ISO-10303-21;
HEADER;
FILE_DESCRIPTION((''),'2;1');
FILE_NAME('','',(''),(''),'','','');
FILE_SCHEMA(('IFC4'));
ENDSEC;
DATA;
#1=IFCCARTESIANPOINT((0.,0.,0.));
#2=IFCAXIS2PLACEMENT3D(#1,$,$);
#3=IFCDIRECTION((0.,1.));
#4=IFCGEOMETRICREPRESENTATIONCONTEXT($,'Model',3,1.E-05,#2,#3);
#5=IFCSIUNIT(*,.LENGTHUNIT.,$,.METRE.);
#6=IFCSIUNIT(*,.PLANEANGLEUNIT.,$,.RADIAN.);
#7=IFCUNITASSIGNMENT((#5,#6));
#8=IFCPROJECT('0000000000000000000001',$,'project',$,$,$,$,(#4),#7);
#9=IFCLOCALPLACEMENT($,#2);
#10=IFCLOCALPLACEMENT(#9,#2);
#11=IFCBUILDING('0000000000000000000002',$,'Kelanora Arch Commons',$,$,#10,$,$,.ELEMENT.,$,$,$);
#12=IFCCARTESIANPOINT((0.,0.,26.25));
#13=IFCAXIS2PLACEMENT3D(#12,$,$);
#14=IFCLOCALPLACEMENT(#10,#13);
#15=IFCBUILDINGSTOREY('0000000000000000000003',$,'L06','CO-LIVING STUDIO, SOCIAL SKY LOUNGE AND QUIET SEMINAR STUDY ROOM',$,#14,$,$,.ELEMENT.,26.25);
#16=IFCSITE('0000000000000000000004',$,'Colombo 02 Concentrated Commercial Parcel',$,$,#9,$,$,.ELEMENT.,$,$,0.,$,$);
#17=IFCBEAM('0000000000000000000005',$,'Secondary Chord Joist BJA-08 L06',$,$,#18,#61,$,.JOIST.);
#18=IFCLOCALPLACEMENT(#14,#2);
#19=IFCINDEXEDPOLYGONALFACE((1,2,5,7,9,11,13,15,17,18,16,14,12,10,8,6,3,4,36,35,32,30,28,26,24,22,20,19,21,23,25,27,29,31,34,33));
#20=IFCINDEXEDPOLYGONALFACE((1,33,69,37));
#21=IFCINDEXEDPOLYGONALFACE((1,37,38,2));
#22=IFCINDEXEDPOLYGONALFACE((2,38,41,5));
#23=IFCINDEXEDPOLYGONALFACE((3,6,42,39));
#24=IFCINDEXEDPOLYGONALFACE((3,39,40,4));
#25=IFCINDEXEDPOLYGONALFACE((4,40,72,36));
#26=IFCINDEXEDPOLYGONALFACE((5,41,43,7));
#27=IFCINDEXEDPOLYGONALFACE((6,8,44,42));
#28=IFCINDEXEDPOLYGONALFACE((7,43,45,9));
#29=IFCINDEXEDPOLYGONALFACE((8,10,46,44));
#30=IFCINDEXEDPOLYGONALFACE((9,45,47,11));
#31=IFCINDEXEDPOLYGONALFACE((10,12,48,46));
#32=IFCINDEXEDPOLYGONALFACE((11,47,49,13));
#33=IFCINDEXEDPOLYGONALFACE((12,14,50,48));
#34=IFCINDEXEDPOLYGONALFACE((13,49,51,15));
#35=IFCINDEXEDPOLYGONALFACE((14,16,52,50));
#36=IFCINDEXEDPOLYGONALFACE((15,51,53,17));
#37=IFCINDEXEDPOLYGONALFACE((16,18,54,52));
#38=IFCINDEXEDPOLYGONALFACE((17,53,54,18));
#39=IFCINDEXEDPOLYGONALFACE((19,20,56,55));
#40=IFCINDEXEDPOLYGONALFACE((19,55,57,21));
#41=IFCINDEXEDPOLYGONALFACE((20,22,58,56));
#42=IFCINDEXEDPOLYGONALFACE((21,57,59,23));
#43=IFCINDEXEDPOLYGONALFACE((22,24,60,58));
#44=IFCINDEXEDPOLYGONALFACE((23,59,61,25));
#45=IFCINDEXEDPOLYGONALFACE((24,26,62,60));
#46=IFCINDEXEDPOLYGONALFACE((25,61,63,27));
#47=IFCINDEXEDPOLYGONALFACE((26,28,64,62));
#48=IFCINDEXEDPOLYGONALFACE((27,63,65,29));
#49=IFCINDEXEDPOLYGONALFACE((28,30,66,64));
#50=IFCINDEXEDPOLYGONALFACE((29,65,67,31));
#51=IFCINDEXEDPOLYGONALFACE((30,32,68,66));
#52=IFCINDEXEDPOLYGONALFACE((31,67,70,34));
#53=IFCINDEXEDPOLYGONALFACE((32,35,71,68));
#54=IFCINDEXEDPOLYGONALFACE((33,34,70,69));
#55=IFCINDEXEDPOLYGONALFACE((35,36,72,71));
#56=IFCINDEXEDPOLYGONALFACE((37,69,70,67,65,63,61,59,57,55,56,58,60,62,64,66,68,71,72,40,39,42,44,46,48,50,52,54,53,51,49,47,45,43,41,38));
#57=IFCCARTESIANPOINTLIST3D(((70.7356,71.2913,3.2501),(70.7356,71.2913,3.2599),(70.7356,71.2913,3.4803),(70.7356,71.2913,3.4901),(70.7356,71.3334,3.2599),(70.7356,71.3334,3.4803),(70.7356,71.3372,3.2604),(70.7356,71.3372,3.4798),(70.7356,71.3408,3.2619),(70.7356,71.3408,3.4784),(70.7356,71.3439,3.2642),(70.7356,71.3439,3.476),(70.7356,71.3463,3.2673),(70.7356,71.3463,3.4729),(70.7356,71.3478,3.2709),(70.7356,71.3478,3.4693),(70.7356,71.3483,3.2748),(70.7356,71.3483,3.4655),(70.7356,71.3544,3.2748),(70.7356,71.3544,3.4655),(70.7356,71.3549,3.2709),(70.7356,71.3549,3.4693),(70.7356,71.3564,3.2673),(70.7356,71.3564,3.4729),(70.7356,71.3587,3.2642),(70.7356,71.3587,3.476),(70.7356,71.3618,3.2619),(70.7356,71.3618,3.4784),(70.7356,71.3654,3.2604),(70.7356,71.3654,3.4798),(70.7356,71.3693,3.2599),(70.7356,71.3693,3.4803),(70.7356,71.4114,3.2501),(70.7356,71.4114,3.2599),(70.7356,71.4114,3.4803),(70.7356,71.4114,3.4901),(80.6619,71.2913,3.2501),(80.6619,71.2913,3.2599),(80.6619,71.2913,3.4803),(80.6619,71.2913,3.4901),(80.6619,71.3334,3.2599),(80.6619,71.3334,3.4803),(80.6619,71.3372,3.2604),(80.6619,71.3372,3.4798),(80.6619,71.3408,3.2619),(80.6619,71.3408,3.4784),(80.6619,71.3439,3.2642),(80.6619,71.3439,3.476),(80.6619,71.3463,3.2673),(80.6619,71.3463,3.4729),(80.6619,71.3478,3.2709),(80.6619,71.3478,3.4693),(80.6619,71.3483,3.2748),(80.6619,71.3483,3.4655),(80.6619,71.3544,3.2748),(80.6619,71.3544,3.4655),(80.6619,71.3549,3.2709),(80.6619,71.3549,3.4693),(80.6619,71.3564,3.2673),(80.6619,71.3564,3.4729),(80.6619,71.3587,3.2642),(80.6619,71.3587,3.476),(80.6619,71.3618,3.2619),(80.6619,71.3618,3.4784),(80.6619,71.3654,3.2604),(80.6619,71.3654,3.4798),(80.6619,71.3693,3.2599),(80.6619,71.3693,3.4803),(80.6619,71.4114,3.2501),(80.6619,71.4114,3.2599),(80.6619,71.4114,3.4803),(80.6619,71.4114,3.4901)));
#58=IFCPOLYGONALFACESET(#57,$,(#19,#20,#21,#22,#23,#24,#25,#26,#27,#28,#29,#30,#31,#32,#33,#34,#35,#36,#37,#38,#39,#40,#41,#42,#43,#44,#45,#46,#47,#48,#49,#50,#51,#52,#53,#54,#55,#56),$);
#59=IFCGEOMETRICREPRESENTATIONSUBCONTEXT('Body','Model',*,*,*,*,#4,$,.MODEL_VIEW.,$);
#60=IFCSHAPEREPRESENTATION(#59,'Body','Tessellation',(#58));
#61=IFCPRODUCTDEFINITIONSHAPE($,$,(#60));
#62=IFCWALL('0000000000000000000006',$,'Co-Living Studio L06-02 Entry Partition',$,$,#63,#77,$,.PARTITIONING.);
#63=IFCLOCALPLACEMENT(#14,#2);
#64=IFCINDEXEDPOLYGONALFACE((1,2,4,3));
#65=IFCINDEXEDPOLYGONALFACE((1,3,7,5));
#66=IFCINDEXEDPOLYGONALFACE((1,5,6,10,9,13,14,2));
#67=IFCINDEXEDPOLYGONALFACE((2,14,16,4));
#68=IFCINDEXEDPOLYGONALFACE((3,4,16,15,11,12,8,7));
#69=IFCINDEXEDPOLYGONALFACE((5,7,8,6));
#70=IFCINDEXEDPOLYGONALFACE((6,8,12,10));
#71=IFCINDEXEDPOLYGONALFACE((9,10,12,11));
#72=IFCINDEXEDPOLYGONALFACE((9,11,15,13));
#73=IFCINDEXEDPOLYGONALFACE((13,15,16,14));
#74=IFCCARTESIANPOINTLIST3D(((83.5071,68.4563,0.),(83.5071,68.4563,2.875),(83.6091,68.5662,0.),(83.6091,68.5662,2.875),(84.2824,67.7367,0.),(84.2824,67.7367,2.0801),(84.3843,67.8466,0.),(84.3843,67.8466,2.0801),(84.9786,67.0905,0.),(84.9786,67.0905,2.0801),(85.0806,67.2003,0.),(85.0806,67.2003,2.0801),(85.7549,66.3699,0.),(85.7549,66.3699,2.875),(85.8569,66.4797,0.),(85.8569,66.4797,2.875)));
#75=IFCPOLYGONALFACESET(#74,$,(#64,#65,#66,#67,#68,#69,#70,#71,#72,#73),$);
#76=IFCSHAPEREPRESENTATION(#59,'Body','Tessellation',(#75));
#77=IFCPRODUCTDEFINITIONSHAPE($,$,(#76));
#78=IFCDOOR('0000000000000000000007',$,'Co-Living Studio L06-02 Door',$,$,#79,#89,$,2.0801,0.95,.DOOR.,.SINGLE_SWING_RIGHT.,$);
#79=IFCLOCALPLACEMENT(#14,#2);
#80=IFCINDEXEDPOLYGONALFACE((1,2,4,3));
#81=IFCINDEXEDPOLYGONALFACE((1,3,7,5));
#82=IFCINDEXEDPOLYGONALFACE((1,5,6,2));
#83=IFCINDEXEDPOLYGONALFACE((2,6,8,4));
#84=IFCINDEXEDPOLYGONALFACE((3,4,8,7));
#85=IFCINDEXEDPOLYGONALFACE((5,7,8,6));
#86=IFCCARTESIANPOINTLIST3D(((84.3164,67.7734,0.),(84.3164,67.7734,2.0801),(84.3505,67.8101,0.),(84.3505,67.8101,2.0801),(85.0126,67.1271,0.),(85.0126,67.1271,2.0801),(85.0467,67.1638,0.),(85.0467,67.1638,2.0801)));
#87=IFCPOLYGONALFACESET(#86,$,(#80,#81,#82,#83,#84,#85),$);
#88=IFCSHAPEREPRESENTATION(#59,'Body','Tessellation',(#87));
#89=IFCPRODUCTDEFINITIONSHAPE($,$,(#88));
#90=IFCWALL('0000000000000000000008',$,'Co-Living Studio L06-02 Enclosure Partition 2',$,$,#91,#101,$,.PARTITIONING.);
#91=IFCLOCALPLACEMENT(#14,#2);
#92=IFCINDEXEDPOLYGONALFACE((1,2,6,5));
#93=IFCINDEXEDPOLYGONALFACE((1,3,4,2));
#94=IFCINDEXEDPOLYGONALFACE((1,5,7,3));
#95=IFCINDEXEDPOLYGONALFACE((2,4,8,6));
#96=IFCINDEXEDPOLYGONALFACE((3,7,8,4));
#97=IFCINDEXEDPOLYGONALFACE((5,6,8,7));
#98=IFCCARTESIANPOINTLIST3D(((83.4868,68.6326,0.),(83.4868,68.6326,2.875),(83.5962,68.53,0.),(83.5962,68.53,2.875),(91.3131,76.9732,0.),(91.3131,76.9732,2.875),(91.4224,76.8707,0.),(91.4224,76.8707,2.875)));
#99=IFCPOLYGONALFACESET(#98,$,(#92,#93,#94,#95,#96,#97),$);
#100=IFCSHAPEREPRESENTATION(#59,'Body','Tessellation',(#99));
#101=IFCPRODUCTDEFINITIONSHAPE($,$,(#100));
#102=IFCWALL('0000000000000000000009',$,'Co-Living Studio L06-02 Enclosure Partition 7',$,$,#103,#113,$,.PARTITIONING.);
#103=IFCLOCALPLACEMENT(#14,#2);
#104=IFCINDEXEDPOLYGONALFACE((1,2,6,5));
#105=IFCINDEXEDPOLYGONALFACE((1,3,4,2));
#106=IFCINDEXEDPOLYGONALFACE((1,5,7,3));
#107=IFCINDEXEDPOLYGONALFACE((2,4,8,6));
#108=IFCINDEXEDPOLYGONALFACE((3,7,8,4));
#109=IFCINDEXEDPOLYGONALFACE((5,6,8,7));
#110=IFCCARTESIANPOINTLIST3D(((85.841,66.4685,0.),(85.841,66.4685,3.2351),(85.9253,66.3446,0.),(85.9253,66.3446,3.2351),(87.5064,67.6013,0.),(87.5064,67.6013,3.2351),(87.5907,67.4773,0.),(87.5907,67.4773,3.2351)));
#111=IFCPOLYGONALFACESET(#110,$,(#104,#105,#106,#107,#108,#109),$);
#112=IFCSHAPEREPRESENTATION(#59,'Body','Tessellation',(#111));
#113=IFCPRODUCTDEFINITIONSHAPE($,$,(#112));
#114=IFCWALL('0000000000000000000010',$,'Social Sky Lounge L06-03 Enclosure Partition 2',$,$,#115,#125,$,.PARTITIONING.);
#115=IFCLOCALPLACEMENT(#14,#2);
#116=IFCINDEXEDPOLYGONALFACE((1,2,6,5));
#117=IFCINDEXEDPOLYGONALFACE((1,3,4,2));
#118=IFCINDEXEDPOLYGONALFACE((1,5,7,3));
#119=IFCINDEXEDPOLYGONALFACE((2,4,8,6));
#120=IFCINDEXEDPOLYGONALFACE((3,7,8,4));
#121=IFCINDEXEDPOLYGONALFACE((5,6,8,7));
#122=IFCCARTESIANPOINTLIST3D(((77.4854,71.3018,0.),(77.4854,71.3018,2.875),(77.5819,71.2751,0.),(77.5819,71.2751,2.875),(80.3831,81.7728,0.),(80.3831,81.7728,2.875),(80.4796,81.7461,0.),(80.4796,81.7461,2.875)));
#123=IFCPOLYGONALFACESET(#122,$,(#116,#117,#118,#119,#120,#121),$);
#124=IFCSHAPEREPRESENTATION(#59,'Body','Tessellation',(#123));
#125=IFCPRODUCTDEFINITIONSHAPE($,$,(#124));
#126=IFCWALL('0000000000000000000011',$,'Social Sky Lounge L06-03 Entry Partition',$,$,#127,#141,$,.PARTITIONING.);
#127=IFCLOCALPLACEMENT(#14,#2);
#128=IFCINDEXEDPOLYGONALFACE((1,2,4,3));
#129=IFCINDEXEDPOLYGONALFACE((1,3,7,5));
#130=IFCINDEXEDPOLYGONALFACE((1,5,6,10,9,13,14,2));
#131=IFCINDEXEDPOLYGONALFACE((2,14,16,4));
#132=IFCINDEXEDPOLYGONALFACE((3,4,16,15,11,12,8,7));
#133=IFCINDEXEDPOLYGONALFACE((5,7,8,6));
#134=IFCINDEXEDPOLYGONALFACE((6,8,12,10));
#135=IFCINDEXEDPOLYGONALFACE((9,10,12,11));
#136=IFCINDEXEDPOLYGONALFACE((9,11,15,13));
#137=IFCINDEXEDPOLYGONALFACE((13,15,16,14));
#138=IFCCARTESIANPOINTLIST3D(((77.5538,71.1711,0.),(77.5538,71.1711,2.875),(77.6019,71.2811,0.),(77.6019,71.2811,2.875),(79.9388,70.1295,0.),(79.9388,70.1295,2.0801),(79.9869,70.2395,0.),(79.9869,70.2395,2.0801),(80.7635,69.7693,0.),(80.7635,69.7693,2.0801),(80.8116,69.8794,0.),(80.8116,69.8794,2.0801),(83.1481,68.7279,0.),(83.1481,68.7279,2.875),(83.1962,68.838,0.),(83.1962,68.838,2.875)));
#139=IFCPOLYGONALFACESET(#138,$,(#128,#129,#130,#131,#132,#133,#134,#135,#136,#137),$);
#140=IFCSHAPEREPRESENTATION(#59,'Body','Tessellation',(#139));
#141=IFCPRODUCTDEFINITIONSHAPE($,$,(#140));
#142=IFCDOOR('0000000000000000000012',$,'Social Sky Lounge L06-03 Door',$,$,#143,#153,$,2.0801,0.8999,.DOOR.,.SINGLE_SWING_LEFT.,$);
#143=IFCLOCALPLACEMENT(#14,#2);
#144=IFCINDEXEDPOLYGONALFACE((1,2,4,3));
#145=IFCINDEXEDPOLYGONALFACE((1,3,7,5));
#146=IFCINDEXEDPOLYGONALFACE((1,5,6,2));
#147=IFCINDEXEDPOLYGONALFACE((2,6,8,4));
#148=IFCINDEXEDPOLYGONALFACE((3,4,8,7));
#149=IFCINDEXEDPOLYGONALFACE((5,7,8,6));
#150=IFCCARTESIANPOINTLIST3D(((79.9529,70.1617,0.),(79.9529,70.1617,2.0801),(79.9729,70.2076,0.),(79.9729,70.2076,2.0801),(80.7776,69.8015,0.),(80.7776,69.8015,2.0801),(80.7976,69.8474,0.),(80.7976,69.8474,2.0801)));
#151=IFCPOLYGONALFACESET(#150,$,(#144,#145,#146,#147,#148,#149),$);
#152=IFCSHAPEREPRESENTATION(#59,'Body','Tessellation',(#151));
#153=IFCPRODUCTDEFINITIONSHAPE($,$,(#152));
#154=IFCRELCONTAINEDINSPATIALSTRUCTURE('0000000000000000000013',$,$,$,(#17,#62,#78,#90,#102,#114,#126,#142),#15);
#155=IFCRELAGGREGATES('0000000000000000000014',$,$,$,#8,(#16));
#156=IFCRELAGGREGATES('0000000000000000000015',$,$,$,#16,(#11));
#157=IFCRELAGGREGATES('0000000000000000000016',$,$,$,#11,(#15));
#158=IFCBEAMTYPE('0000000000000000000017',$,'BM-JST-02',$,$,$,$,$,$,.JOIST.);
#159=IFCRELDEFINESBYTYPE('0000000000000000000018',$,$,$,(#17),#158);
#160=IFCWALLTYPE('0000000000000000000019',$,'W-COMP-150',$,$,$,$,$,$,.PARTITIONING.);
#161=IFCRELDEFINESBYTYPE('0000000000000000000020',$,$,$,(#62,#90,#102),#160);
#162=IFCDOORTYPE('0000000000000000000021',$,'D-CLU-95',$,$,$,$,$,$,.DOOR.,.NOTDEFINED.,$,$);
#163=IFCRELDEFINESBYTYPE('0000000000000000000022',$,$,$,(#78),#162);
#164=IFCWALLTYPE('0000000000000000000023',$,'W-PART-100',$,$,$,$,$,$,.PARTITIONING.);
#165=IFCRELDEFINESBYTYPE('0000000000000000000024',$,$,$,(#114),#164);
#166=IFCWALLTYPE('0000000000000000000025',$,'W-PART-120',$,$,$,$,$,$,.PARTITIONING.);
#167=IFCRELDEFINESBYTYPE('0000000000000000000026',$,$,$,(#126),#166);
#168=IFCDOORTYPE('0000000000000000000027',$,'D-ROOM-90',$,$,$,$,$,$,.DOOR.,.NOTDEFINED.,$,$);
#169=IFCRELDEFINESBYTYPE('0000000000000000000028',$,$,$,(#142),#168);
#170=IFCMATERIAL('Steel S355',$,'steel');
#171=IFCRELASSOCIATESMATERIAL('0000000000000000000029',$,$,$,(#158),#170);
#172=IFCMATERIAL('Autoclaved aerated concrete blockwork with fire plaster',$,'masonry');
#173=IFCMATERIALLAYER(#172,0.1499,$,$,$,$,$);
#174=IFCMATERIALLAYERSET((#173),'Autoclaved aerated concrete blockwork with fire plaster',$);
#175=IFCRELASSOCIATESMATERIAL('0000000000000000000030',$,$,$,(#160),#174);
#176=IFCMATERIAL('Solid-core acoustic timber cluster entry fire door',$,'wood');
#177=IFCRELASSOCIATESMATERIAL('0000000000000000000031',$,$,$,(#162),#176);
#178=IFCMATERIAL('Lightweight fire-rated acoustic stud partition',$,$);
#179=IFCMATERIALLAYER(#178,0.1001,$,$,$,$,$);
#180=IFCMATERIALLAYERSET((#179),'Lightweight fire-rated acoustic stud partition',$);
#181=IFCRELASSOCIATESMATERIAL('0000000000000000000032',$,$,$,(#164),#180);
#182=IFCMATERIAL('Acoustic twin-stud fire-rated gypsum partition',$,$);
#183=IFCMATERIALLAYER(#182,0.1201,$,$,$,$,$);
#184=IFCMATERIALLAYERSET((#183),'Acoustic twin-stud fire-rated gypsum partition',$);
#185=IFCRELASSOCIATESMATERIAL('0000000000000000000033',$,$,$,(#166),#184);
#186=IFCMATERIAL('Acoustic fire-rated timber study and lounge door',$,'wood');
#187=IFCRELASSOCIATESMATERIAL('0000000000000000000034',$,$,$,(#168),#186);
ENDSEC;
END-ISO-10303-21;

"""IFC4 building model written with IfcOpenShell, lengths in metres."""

from ifc_helpers import new_model, si_unit, direction, frame, frame_2d, origin, origin_2d, place, context, subcontext, project, spatial, rectangle, i_section, extrude, material, layer, layer_set, material_profile, profile_set, type_object, element, fill, save


model = new_model("IFC4")

# Units and contexts
model_context = context("Model", 3, precision=1e-05, world=origin(), true_north=direction((0.0, 1.0)))
body_context = subcontext(model_context, "Body", "Model", "MODEL_VIEW")
ifc_project = project(units=[si_unit("LENGTHUNIT", "METRE"), si_unit("PLANEANGLEUNIT", "RADIAN")], contexts=[model_context])

# Site, building, storey
site_placement = place(None, origin())
site = spatial("IfcSite", under=ifc_project, at=site_placement, Name="Colombo 02 Concentrated Commercial Parcel", CompositionType="ELEMENT", RefElevation=0.0)
building_placement = place(site_placement, origin())
building = spatial("IfcBuilding", under=site, at=building_placement, Name="Kelanora Arch Commons", CompositionType="ELEMENT")
storey_placement = place(building_placement, frame((0.0, 0.0, 26.25)))
storey = spatial("IfcBuildingStorey", under=building, at=storey_placement, Name="L06", Description="CO-LIVING STUDIO, SOCIAL SKY LOUNGE AND QUIET SEMINAR STUDY ROOM", CompositionType="ELEMENT", Elevation=26.25)

# Beam
ifc_material_1 = material(Name="Steel S355", Category="steel")
ifc_material_profile_1 = material_profile(ifc_material_1, i_section(OverallWidth=0.1201, OverallDepth=0.24, WebThickness=0.0061, FlangeThickness=0.0098, FilletRadius=0.0149, at=origin_2d()), Name="IPE240")
ifc_profile_set_1 = profile_set([ifc_material_profile_1], Name="Steel S355")
beam_type_1 = type_object("IfcBeamType", Name="BM-JST-02", PredefinedType="JOIST", material=ifc_profile_set_1)
beam_1_placement = place(storey_placement, frame((80.6619, 71.3513, 3.3701), z_axis=(-1.0, 0.0, 0.0), x_axis=(0.0, -1.0, 0.0)))
element("IfcBeam", 1, at=beam_1_placement, inside=storey, type_object=beam_type_1, Name="Secondary Chord Joist BJA-08 L06", PredefinedType="JOIST", context=body_context, shape_type="SweptSolid", body=[
    extrude(i_section(OverallWidth=0.1201, OverallDepth=0.24, WebThickness=0.0061, FlangeThickness=0.0098, FilletRadius=0.0149, at=origin_2d()), origin(), (0.0, 0.0, 1.0), 9.9263),
])

# Wall, opening, door
ifc_material_2 = material(Name="Autoclaved aerated concrete blockwork with fire plaster", Category="masonry")
ifc_layer_1 = layer(ifc_material_2, 0.1499)
ifc_layer_set_1 = layer_set([ifc_layer_1], Name="Autoclaved aerated concrete blockwork with fire plaster")
wall_type_1 = type_object("IfcWallType", Name="W-COMP-150", PredefinedType="PARTITIONING", material=ifc_layer_set_1)
wall_1_placement = place(storey_placement, frame((85.8059, 66.4248, 0.0), z_axis=(0.0, 0.0, 1.0), x_axis=(-0.732927, 0.680308, 0.0)))
wall_1 = element("IfcWall", 2, at=wall_1_placement, inside=storey, type_object=wall_type_1, Name="Co-Living Studio L06-02 Entry Partition", PredefinedType="PARTITIONING", context=body_context, shape_type="SweptSolid", body=[
    extrude(rectangle(XDim=3.0669, YDim=0.1499, at=frame_2d((1.5334, 0.0))), origin(), (0.0, 0.0, 1.0), 2.875),
])
opening_1_placement = place(wall_1_placement, frame((1.0591, 0.0, 0.0)))
opening_1 = element("IfcOpeningElement", 3, at=opening_1_placement, cuts=wall_1, PredefinedType="OPENING", context=body_context, shape_type="SweptSolid", body=[
    extrude(rectangle(XDim=0.95, YDim=2.0801, at=frame_2d((0.4751, 1.04))), frame((0.0, 0.085, 0.0), z_axis=(0.0, -1.0, 0.0), x_axis=(1.0, 0.0, 0.0)), (0.0, 0.0, 1.0), 0.1699),
])
ifc_material_3 = material(Name="Solid-core acoustic timber cluster entry fire door", Category="wood")
door_type_1 = type_object("IfcDoorType", Name="D-CLU-95", OperationType="NOTDEFINED", PredefinedType="DOOR", material=ifc_material_3)
door_1_placement = place(opening_1_placement, origin())
door_1 = element("IfcDoor", 4, at=door_1_placement, inside=storey, type_object=door_type_1, Name="Co-Living Studio L06-02 Door", OperationType="SINGLE_SWING_RIGHT", OverallHeight=2.0801, OverallWidth=0.95, PredefinedType="DOOR", context=body_context, shape_type="SweptSolid", body=[
    extrude(rectangle(XDim=0.95, YDim=2.0801, at=frame_2d((0.4751, 1.04))), frame((0.0, 0.0249, 0.0), z_axis=(0.0, -1.0, 0.0), x_axis=(1.0, 0.0, 0.0)), (0.0, 0.0, 1.0), 0.05),
])
fill(opening_1, door_1)

# Walls
wall_2_placement = place(storey_placement, frame((83.5415, 68.5813, 0.0), z_axis=(0.0, 0.0, 1.0), x_axis=(0.684261, 0.729237, 0.0)))
element("IfcWall", 5, at=wall_2_placement, inside=storey, type_object=wall_type_1, Name="Co-Living Studio L06-02 Enclosure Partition 2", PredefinedType="PARTITIONING", context=body_context, shape_type="SweptSolid", body=[
    extrude(rectangle(XDim=11.4375, YDim=0.1499, at=frame_2d((5.7188, 0.0))), origin(), (0.0, 0.0, 1.0), 2.875),
])
wall_3_placement = place(storey_placement, frame((87.5486, 67.5393, 0.0), z_axis=(0.0, 0.0, 1.0), x_axis=(-0.826868, -0.562396, 0.0)))
element("IfcWall", 6, at=wall_3_placement, inside=storey, type_object=wall_type_1, Name="Co-Living Studio L06-02 Enclosure Partition 7", PredefinedType="PARTITIONING", context=body_context, shape_type="SweptSolid", body=[
    extrude(rectangle(XDim=2.0142, YDim=0.1499, at=frame_2d((1.0071, 0.0))), origin(), (0.0, 0.0, 1.0), 3.2351),
])
ifc_material_4 = material(Name="Lightweight fire-rated acoustic stud partition")
ifc_layer_2 = layer(ifc_material_4, 0.1001)
ifc_layer_set_2 = layer_set([ifc_layer_2], Name="Lightweight fire-rated acoustic stud partition")
wall_type_2 = type_object("IfcWallType", Name="W-PART-100", PredefinedType="PARTITIONING", material=ifc_layer_set_2)
wall_4_placement = place(storey_placement, frame((77.5337, 71.2886, 0.0), z_axis=(0.0, 0.0, 1.0), x_axis=(0.266713, 0.963776, 0.0)))
element("IfcWall", 7, at=wall_4_placement, inside=storey, type_object=wall_type_2, Name="Social Sky Lounge L06-03 Enclosure Partition 2", PredefinedType="PARTITIONING", context=body_context, shape_type="SweptSolid", body=[
    extrude(rectangle(XDim=10.8645, YDim=0.1001, at=frame_2d((5.4321, 0.0))), origin(), (0.0, 0.0, 1.0), 2.875),
])

# Wall, opening, door
ifc_material_5 = material(Name="Acoustic twin-stud fire-rated gypsum partition")
ifc_layer_3 = layer(ifc_material_5, 0.1201)
ifc_layer_set_3 = layer_set([ifc_layer_3], Name="Acoustic twin-stud fire-rated gypsum partition")
wall_type_3 = type_object("IfcWallType", Name="W-PART-120", PredefinedType="PARTITIONING", material=ifc_layer_set_3)
wall_5_placement = place(storey_placement, frame((83.1721, 68.783, 0.0), z_axis=(0.0, 0.0, 1.0), x_axis=(-0.91642, 0.400219, 0.0)))
wall_5 = element("IfcWall", 8, at=wall_5_placement, inside=storey, type_object=wall_type_3, Name="Social Sky Lounge L06-03 Entry Partition", PredefinedType="PARTITIONING", context=body_context, shape_type="SweptSolid", body=[
    extrude(rectangle(XDim=6.1045, YDim=0.1201, at=frame_2d((3.0522, 0.0))), origin(), (0.0, 0.0, 1.0), 2.875),
])
opening_2_placement = place(wall_5_placement, frame((2.6021, 0.0, 0.0)))
opening_2 = element("IfcOpeningElement", 9, at=opening_2_placement, cuts=wall_5, PredefinedType="OPENING", context=body_context, shape_type="SweptSolid", body=[
    extrude(rectangle(XDim=0.8999, YDim=2.0801, at=frame_2d((0.45, 1.04))), frame((0.0, 0.0701, 0.0), z_axis=(0.0, -1.0, 0.0), x_axis=(1.0, 0.0, 0.0)), (0.0, 0.0, 1.0), 0.1401),
])
ifc_material_6 = material(Name="Acoustic fire-rated timber study and lounge door", Category="wood")
door_type_2 = type_object("IfcDoorType", Name="D-ROOM-90", OperationType="NOTDEFINED", PredefinedType="DOOR", material=ifc_material_6)
door_2_placement = place(opening_2_placement, origin())
door_2 = element("IfcDoor", 10, at=door_2_placement, inside=storey, type_object=door_type_2, Name="Social Sky Lounge L06-03 Door", OperationType="SINGLE_SWING_LEFT", OverallHeight=2.0801, OverallWidth=0.8999, PredefinedType="DOOR", context=body_context, shape_type="SweptSolid", body=[
    extrude(rectangle(XDim=0.8999, YDim=2.0801, at=frame_2d((0.45, 1.04))), frame((0.0, 0.0249, 0.0), z_axis=(0.0, -1.0, 0.0), x_axis=(1.0, 0.0, 0.0)), (0.0, 0.0, 1.0), 0.05),
])
fill(opening_2, door_2)

save(model, "model.ifc")
